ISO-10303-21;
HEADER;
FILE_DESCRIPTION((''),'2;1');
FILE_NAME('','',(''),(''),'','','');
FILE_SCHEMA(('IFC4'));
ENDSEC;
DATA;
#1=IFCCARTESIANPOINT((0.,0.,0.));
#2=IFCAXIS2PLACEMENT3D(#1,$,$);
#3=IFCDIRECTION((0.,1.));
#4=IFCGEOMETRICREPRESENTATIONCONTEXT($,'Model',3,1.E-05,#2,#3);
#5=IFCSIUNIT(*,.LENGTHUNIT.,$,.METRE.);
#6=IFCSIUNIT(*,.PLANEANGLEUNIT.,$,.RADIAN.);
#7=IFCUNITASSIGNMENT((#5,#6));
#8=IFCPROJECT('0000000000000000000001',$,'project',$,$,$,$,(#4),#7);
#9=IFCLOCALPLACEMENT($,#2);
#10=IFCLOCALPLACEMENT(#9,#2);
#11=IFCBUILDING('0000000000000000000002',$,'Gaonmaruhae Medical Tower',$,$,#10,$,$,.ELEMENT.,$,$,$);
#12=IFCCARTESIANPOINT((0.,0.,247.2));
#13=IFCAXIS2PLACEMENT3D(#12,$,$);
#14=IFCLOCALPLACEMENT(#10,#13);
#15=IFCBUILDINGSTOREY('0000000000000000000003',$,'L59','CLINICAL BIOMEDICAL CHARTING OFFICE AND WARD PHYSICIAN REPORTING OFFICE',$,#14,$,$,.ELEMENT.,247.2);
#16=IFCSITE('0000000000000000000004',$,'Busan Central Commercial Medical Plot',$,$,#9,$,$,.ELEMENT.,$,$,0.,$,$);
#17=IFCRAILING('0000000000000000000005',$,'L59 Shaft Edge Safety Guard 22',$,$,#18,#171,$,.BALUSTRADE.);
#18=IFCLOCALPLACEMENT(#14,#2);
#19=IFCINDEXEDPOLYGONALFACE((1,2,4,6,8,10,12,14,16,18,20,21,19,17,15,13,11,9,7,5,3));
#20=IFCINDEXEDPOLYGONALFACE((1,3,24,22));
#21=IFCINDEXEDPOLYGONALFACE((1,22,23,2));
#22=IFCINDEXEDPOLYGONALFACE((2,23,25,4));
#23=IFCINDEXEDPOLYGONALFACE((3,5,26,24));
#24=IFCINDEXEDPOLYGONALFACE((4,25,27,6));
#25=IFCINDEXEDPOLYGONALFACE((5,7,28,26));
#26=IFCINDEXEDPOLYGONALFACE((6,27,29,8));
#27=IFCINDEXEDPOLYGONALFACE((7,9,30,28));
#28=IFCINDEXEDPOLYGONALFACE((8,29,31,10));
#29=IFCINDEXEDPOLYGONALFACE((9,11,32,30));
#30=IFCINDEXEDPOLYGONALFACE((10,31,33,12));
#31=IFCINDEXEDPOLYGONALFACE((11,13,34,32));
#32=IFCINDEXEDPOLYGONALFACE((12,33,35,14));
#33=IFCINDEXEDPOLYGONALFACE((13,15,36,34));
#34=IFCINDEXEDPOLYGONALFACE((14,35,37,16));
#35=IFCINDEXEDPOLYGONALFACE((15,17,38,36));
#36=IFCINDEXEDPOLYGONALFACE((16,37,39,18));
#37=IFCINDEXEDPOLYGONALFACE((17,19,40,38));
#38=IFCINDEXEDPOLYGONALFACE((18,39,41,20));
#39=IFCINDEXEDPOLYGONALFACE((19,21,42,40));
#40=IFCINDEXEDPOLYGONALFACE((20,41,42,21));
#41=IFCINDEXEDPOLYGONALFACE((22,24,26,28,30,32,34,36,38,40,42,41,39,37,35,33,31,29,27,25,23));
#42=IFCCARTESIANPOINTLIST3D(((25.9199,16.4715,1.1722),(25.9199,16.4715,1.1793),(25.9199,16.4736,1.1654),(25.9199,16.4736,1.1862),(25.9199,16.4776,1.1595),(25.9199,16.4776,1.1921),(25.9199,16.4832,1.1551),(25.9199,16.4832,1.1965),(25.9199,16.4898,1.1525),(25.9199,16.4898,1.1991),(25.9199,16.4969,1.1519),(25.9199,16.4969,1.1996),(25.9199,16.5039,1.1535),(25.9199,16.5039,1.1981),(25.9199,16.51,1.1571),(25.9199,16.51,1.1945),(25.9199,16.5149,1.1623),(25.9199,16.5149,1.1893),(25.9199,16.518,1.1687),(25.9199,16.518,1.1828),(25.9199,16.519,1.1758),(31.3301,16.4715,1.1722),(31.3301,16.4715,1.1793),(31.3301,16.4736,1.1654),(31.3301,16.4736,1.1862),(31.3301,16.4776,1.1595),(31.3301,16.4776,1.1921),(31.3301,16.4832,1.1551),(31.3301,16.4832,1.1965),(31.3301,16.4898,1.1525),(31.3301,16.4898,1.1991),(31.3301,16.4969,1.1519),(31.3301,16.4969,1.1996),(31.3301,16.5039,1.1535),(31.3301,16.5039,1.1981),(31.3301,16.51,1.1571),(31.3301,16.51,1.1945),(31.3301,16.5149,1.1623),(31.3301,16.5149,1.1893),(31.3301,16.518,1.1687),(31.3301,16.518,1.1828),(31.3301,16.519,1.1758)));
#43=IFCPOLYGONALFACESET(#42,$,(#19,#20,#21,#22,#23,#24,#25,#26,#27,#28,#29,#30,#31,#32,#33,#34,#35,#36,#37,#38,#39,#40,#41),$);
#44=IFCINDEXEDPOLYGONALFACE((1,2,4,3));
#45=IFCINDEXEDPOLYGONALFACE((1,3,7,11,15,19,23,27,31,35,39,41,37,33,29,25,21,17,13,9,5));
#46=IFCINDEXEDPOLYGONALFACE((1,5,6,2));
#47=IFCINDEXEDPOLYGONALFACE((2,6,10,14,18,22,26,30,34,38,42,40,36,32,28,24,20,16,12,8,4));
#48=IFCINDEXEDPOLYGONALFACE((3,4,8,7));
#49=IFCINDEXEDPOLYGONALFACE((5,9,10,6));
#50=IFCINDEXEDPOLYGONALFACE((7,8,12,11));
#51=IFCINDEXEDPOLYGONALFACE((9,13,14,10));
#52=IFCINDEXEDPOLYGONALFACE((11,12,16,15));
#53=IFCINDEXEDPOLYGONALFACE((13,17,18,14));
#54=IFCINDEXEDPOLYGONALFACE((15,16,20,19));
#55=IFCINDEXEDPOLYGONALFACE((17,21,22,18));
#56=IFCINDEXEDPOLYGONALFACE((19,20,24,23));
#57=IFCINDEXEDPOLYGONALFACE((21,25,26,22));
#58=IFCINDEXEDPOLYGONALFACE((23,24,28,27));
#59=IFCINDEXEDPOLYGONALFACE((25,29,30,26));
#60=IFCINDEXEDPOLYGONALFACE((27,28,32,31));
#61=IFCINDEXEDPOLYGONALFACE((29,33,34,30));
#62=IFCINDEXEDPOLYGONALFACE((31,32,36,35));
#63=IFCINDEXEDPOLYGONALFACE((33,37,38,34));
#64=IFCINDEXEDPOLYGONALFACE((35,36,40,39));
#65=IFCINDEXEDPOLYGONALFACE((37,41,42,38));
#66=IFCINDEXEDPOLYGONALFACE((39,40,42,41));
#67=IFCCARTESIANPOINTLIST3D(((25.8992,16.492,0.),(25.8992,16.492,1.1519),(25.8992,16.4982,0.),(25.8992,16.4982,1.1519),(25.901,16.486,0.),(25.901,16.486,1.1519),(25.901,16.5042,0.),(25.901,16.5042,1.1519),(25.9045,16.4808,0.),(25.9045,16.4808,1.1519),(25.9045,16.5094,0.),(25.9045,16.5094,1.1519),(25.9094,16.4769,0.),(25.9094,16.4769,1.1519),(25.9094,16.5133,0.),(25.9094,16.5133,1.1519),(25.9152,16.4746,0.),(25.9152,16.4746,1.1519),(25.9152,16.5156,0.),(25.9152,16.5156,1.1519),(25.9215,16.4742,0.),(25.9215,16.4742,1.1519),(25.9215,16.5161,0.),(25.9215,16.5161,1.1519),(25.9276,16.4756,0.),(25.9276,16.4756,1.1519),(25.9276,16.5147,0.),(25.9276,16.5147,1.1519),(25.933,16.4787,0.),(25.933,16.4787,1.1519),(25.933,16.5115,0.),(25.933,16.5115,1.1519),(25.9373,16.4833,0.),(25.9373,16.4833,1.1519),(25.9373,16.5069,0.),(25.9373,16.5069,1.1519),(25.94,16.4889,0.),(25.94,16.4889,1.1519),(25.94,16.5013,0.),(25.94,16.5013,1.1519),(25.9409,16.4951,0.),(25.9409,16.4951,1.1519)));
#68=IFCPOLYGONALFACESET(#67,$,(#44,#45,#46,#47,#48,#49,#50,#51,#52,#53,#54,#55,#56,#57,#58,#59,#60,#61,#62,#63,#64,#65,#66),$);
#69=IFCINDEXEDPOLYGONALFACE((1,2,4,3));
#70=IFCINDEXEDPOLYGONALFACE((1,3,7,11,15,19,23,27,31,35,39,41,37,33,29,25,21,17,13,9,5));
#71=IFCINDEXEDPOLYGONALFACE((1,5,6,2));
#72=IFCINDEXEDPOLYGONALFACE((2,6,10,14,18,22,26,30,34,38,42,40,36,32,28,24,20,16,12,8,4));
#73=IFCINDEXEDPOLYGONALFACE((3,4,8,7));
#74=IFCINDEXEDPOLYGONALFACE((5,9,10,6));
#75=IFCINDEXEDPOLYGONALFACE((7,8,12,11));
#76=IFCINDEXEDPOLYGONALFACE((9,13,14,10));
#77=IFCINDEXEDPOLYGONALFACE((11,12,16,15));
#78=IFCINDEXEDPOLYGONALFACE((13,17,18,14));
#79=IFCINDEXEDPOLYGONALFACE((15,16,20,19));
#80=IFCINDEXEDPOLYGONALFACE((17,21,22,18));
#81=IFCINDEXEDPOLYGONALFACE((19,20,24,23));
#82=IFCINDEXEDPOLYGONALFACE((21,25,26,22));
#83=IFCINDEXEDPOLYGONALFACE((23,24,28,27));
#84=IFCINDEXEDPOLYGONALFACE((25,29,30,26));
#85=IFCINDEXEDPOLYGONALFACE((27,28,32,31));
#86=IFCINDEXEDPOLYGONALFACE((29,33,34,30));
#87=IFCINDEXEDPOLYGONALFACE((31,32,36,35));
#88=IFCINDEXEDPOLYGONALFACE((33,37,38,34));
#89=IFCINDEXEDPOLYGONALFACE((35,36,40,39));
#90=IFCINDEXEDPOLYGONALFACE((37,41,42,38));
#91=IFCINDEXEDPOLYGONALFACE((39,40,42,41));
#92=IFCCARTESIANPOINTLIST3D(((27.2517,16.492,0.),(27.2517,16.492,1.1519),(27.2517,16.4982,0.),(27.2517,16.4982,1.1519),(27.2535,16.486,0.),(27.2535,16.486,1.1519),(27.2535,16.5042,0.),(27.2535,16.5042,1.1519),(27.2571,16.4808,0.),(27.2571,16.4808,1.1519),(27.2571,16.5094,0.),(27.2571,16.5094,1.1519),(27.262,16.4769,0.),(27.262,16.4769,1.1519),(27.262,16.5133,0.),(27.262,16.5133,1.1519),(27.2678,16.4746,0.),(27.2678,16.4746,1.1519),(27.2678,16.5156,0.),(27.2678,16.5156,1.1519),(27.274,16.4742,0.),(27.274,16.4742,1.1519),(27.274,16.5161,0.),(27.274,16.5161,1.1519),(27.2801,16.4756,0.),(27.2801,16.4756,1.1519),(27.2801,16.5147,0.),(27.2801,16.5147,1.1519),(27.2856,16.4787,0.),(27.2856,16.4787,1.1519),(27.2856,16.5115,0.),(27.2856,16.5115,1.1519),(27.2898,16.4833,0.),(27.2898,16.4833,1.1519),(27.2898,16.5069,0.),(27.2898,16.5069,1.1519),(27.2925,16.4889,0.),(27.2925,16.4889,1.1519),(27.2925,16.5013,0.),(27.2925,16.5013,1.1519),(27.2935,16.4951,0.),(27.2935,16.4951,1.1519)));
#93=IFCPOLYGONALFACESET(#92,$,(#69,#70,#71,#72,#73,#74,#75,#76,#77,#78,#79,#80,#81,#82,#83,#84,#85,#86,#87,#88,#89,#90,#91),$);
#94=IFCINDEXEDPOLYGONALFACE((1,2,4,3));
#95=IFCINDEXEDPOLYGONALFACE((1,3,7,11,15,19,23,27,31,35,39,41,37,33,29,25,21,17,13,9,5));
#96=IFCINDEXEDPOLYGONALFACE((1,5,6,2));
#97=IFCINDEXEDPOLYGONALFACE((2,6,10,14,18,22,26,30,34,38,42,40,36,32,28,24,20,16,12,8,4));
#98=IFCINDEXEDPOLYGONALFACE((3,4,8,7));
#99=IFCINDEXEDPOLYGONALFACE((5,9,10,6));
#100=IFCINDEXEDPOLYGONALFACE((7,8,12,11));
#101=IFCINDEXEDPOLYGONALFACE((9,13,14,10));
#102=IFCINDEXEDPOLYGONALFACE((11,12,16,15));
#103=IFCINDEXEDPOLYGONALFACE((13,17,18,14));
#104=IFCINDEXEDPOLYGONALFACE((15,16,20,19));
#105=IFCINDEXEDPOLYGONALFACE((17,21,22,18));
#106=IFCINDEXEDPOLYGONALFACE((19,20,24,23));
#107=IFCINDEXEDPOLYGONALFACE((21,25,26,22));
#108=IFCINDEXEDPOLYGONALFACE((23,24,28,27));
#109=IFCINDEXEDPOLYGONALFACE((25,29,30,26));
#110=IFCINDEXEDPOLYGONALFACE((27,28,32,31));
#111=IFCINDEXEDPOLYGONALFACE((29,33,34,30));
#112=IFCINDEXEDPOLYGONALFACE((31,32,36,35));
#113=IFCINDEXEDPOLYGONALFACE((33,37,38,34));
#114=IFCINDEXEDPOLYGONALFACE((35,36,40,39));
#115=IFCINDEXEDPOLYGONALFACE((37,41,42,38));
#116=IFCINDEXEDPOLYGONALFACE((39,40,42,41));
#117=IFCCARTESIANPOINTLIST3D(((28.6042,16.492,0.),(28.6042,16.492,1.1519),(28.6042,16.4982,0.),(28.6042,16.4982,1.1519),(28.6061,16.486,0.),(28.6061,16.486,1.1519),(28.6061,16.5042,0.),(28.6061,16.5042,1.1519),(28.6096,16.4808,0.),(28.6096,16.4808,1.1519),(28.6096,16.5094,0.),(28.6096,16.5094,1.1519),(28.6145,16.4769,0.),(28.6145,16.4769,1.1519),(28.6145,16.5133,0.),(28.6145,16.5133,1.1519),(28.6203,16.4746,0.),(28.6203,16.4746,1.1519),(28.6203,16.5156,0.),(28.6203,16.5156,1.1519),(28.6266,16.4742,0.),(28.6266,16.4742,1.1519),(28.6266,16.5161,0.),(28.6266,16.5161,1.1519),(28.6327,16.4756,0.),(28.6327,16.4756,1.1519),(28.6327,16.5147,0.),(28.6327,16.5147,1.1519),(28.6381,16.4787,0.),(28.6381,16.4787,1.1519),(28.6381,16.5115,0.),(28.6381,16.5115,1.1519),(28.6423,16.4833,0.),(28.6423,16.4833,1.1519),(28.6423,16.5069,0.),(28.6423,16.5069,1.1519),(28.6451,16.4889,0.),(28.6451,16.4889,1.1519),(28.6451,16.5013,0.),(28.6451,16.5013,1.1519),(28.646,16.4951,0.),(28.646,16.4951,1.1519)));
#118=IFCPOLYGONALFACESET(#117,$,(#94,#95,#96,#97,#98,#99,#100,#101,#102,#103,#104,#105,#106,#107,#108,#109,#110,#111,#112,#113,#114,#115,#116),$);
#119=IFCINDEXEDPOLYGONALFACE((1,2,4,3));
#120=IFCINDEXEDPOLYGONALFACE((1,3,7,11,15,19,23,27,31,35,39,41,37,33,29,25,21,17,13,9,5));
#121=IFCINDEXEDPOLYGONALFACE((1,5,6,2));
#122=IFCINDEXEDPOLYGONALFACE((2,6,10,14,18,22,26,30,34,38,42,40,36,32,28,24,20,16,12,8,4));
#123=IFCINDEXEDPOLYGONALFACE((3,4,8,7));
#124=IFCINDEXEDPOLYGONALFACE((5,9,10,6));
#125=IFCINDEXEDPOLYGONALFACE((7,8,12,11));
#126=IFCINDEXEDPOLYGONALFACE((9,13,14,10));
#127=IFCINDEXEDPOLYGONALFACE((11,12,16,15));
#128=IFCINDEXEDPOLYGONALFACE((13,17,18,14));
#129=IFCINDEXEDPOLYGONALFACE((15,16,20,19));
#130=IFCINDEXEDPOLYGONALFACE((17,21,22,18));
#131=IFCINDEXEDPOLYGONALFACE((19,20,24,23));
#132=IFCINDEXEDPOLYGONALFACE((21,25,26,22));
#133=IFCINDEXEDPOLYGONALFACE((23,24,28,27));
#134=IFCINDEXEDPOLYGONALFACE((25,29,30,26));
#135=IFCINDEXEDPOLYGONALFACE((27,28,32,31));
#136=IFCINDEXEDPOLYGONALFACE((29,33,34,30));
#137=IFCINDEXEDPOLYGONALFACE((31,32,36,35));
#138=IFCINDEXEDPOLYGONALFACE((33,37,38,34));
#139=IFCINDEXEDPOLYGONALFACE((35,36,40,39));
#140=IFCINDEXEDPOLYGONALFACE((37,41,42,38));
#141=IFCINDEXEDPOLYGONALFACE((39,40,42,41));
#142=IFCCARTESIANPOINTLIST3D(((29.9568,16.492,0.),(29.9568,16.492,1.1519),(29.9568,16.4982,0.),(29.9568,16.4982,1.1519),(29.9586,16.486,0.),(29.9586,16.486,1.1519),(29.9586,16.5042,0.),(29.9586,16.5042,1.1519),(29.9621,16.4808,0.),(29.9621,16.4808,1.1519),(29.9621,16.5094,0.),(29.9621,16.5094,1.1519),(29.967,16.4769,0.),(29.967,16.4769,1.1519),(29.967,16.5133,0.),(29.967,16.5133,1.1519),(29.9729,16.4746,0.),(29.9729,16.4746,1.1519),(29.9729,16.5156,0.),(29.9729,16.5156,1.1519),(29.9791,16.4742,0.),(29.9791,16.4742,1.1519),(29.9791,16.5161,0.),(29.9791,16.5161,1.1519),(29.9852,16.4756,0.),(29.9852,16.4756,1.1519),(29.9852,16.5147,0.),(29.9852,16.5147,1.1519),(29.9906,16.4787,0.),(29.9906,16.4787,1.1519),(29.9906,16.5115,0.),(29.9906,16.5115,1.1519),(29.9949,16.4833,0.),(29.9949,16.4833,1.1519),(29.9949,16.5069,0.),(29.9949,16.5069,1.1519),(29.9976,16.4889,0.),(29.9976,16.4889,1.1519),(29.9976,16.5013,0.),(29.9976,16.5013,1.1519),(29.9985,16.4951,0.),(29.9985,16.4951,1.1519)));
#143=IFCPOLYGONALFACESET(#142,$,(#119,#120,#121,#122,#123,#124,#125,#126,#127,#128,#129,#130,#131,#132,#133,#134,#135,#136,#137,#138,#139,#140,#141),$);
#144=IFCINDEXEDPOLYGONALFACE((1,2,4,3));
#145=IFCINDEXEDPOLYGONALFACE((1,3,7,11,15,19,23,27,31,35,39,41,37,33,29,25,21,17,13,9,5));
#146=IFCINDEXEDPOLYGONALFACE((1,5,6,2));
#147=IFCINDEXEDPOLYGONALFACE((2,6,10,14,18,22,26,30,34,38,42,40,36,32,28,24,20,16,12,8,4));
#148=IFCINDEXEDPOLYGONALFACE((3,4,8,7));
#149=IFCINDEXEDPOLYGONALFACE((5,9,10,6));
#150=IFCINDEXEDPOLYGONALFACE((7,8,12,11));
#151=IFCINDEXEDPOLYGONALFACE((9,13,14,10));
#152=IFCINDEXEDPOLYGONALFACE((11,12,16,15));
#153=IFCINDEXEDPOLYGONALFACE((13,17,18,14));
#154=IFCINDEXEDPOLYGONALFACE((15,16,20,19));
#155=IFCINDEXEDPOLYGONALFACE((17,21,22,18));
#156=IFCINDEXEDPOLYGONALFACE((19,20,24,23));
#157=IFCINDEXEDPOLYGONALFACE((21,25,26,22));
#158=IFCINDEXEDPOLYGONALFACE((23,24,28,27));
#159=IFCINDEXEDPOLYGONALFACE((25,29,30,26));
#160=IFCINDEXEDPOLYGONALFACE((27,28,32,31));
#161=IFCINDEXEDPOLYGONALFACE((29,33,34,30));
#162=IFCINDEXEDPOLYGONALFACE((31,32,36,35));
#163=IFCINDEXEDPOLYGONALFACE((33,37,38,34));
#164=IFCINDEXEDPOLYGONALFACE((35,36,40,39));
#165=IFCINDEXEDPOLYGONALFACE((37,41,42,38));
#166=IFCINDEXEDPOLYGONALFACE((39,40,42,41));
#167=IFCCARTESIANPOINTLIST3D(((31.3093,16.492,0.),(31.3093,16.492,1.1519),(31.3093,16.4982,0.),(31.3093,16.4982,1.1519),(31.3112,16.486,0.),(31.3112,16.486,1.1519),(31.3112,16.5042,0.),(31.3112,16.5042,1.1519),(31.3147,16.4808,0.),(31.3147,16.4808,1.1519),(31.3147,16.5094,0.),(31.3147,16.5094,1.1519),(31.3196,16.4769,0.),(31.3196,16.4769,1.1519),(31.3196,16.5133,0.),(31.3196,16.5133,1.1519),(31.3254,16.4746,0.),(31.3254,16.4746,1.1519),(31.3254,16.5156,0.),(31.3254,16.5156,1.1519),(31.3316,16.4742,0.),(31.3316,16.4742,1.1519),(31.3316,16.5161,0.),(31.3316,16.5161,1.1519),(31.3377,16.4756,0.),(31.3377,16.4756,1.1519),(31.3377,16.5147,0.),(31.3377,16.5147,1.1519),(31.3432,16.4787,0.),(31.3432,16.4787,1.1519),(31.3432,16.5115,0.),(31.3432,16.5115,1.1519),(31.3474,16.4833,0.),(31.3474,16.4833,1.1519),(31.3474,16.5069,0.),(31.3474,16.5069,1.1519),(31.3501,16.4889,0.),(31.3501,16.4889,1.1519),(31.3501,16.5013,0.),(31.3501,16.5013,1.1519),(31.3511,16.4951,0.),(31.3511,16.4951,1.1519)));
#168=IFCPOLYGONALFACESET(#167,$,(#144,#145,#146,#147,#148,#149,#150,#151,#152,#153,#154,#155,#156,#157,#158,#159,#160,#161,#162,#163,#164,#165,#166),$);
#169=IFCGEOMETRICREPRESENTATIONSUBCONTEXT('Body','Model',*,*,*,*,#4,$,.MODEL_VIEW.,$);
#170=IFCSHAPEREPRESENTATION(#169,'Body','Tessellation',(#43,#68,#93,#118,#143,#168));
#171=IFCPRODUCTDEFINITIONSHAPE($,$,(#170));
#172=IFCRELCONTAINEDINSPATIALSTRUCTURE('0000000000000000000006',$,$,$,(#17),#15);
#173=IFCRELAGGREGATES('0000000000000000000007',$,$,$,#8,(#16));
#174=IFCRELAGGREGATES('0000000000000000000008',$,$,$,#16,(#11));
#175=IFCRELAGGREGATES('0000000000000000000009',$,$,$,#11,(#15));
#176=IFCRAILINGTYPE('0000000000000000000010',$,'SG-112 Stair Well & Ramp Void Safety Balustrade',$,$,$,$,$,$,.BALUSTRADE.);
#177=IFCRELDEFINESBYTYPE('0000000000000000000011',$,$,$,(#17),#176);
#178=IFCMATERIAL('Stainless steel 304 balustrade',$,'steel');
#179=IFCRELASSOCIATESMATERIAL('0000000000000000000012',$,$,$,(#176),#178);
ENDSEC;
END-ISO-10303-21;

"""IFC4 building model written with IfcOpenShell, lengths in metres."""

from ifc_helpers import new_model, si_unit, direction, frame, origin, origin_2d, place, context, subcontext, project, spatial, circle, extrude, material, type_object, element, save


model = new_model("IFC4")

# Units and contexts
model_context = context("Model", 3, precision=1e-05, world=origin(), true_north=direction((0.0, 1.0)))
body_context = subcontext(model_context, "Body", "Model", "MODEL_VIEW")
ifc_project = project(units=[si_unit("LENGTHUNIT", "METRE"), si_unit("PLANEANGLEUNIT", "RADIAN")], contexts=[model_context])

# Site, building, storey
site_placement = place(None, origin())
site = spatial("IfcSite", under=ifc_project, at=site_placement, Name="Busan Central Commercial Medical Plot", CompositionType="ELEMENT", RefElevation=0.0)
building_placement = place(site_placement, origin())
building = spatial("IfcBuilding", under=site, at=building_placement, Name="Gaonmaruhae Medical Tower", CompositionType="ELEMENT")
storey_placement = place(building_placement, frame((0.0, 0.0, 247.2)))
storey = spatial("IfcBuildingStorey", under=building, at=storey_placement, Name="L59", Description="CLINICAL BIOMEDICAL CHARTING OFFICE AND WARD PHYSICIAN REPORTING OFFICE", CompositionType="ELEMENT", Elevation=247.2)

# Railing
ifc_material_1 = material(Name="Stainless steel 304 balustrade", Category="steel")
railing_type = type_object("IfcRailingType", Name="SG-112 Stair Well & Ramp Void Safety Balustrade", PredefinedType="BALUSTRADE", material=ifc_material_1)
railing_1_placement = place(storey_placement, frame((25.9199, 16.4951, 0.0)))
element("IfcRailing", 1, at=railing_1_placement, inside=storey, type_object=railing_type, Name="L59 Shaft Edge Safety Guard 22", PredefinedType="BALUSTRADE", context=body_context, shape_type="SweptSolid", body=[
    extrude(circle(Radius=0.0239, at=origin_2d()), frame((0.0, 0.0, 1.1758), z_axis=(1.0, 0.0, 0.0), x_axis=(0.0, 1.0, 0.0)), (0.0, 0.0, 1.0), 5.4102),
    extrude(circle(Radius=0.021, at=origin_2d()), origin(), (0.0, 0.0, 1.0), 1.1519),
    extrude(circle(Radius=0.021, at=origin_2d()), frame((1.3525, 0.0, 0.0)), (0.0, 0.0, 1.0), 1.1519),
    extrude(circle(Radius=0.021, at=origin_2d()), frame((2.7051, 0.0, 0.0)), (0.0, 0.0, 1.0), 1.1519),
    extrude(circle(Radius=0.021, at=origin_2d()), frame((4.0576, 0.0, 0.0)), (0.0, 0.0, 1.0), 1.1519),
    extrude(circle(Radius=0.021, at=origin_2d()), frame((5.4102, 0.0, 0.0)), (0.0, 0.0, 1.0), 1.1519),
])

save(model, "model.ifc")
